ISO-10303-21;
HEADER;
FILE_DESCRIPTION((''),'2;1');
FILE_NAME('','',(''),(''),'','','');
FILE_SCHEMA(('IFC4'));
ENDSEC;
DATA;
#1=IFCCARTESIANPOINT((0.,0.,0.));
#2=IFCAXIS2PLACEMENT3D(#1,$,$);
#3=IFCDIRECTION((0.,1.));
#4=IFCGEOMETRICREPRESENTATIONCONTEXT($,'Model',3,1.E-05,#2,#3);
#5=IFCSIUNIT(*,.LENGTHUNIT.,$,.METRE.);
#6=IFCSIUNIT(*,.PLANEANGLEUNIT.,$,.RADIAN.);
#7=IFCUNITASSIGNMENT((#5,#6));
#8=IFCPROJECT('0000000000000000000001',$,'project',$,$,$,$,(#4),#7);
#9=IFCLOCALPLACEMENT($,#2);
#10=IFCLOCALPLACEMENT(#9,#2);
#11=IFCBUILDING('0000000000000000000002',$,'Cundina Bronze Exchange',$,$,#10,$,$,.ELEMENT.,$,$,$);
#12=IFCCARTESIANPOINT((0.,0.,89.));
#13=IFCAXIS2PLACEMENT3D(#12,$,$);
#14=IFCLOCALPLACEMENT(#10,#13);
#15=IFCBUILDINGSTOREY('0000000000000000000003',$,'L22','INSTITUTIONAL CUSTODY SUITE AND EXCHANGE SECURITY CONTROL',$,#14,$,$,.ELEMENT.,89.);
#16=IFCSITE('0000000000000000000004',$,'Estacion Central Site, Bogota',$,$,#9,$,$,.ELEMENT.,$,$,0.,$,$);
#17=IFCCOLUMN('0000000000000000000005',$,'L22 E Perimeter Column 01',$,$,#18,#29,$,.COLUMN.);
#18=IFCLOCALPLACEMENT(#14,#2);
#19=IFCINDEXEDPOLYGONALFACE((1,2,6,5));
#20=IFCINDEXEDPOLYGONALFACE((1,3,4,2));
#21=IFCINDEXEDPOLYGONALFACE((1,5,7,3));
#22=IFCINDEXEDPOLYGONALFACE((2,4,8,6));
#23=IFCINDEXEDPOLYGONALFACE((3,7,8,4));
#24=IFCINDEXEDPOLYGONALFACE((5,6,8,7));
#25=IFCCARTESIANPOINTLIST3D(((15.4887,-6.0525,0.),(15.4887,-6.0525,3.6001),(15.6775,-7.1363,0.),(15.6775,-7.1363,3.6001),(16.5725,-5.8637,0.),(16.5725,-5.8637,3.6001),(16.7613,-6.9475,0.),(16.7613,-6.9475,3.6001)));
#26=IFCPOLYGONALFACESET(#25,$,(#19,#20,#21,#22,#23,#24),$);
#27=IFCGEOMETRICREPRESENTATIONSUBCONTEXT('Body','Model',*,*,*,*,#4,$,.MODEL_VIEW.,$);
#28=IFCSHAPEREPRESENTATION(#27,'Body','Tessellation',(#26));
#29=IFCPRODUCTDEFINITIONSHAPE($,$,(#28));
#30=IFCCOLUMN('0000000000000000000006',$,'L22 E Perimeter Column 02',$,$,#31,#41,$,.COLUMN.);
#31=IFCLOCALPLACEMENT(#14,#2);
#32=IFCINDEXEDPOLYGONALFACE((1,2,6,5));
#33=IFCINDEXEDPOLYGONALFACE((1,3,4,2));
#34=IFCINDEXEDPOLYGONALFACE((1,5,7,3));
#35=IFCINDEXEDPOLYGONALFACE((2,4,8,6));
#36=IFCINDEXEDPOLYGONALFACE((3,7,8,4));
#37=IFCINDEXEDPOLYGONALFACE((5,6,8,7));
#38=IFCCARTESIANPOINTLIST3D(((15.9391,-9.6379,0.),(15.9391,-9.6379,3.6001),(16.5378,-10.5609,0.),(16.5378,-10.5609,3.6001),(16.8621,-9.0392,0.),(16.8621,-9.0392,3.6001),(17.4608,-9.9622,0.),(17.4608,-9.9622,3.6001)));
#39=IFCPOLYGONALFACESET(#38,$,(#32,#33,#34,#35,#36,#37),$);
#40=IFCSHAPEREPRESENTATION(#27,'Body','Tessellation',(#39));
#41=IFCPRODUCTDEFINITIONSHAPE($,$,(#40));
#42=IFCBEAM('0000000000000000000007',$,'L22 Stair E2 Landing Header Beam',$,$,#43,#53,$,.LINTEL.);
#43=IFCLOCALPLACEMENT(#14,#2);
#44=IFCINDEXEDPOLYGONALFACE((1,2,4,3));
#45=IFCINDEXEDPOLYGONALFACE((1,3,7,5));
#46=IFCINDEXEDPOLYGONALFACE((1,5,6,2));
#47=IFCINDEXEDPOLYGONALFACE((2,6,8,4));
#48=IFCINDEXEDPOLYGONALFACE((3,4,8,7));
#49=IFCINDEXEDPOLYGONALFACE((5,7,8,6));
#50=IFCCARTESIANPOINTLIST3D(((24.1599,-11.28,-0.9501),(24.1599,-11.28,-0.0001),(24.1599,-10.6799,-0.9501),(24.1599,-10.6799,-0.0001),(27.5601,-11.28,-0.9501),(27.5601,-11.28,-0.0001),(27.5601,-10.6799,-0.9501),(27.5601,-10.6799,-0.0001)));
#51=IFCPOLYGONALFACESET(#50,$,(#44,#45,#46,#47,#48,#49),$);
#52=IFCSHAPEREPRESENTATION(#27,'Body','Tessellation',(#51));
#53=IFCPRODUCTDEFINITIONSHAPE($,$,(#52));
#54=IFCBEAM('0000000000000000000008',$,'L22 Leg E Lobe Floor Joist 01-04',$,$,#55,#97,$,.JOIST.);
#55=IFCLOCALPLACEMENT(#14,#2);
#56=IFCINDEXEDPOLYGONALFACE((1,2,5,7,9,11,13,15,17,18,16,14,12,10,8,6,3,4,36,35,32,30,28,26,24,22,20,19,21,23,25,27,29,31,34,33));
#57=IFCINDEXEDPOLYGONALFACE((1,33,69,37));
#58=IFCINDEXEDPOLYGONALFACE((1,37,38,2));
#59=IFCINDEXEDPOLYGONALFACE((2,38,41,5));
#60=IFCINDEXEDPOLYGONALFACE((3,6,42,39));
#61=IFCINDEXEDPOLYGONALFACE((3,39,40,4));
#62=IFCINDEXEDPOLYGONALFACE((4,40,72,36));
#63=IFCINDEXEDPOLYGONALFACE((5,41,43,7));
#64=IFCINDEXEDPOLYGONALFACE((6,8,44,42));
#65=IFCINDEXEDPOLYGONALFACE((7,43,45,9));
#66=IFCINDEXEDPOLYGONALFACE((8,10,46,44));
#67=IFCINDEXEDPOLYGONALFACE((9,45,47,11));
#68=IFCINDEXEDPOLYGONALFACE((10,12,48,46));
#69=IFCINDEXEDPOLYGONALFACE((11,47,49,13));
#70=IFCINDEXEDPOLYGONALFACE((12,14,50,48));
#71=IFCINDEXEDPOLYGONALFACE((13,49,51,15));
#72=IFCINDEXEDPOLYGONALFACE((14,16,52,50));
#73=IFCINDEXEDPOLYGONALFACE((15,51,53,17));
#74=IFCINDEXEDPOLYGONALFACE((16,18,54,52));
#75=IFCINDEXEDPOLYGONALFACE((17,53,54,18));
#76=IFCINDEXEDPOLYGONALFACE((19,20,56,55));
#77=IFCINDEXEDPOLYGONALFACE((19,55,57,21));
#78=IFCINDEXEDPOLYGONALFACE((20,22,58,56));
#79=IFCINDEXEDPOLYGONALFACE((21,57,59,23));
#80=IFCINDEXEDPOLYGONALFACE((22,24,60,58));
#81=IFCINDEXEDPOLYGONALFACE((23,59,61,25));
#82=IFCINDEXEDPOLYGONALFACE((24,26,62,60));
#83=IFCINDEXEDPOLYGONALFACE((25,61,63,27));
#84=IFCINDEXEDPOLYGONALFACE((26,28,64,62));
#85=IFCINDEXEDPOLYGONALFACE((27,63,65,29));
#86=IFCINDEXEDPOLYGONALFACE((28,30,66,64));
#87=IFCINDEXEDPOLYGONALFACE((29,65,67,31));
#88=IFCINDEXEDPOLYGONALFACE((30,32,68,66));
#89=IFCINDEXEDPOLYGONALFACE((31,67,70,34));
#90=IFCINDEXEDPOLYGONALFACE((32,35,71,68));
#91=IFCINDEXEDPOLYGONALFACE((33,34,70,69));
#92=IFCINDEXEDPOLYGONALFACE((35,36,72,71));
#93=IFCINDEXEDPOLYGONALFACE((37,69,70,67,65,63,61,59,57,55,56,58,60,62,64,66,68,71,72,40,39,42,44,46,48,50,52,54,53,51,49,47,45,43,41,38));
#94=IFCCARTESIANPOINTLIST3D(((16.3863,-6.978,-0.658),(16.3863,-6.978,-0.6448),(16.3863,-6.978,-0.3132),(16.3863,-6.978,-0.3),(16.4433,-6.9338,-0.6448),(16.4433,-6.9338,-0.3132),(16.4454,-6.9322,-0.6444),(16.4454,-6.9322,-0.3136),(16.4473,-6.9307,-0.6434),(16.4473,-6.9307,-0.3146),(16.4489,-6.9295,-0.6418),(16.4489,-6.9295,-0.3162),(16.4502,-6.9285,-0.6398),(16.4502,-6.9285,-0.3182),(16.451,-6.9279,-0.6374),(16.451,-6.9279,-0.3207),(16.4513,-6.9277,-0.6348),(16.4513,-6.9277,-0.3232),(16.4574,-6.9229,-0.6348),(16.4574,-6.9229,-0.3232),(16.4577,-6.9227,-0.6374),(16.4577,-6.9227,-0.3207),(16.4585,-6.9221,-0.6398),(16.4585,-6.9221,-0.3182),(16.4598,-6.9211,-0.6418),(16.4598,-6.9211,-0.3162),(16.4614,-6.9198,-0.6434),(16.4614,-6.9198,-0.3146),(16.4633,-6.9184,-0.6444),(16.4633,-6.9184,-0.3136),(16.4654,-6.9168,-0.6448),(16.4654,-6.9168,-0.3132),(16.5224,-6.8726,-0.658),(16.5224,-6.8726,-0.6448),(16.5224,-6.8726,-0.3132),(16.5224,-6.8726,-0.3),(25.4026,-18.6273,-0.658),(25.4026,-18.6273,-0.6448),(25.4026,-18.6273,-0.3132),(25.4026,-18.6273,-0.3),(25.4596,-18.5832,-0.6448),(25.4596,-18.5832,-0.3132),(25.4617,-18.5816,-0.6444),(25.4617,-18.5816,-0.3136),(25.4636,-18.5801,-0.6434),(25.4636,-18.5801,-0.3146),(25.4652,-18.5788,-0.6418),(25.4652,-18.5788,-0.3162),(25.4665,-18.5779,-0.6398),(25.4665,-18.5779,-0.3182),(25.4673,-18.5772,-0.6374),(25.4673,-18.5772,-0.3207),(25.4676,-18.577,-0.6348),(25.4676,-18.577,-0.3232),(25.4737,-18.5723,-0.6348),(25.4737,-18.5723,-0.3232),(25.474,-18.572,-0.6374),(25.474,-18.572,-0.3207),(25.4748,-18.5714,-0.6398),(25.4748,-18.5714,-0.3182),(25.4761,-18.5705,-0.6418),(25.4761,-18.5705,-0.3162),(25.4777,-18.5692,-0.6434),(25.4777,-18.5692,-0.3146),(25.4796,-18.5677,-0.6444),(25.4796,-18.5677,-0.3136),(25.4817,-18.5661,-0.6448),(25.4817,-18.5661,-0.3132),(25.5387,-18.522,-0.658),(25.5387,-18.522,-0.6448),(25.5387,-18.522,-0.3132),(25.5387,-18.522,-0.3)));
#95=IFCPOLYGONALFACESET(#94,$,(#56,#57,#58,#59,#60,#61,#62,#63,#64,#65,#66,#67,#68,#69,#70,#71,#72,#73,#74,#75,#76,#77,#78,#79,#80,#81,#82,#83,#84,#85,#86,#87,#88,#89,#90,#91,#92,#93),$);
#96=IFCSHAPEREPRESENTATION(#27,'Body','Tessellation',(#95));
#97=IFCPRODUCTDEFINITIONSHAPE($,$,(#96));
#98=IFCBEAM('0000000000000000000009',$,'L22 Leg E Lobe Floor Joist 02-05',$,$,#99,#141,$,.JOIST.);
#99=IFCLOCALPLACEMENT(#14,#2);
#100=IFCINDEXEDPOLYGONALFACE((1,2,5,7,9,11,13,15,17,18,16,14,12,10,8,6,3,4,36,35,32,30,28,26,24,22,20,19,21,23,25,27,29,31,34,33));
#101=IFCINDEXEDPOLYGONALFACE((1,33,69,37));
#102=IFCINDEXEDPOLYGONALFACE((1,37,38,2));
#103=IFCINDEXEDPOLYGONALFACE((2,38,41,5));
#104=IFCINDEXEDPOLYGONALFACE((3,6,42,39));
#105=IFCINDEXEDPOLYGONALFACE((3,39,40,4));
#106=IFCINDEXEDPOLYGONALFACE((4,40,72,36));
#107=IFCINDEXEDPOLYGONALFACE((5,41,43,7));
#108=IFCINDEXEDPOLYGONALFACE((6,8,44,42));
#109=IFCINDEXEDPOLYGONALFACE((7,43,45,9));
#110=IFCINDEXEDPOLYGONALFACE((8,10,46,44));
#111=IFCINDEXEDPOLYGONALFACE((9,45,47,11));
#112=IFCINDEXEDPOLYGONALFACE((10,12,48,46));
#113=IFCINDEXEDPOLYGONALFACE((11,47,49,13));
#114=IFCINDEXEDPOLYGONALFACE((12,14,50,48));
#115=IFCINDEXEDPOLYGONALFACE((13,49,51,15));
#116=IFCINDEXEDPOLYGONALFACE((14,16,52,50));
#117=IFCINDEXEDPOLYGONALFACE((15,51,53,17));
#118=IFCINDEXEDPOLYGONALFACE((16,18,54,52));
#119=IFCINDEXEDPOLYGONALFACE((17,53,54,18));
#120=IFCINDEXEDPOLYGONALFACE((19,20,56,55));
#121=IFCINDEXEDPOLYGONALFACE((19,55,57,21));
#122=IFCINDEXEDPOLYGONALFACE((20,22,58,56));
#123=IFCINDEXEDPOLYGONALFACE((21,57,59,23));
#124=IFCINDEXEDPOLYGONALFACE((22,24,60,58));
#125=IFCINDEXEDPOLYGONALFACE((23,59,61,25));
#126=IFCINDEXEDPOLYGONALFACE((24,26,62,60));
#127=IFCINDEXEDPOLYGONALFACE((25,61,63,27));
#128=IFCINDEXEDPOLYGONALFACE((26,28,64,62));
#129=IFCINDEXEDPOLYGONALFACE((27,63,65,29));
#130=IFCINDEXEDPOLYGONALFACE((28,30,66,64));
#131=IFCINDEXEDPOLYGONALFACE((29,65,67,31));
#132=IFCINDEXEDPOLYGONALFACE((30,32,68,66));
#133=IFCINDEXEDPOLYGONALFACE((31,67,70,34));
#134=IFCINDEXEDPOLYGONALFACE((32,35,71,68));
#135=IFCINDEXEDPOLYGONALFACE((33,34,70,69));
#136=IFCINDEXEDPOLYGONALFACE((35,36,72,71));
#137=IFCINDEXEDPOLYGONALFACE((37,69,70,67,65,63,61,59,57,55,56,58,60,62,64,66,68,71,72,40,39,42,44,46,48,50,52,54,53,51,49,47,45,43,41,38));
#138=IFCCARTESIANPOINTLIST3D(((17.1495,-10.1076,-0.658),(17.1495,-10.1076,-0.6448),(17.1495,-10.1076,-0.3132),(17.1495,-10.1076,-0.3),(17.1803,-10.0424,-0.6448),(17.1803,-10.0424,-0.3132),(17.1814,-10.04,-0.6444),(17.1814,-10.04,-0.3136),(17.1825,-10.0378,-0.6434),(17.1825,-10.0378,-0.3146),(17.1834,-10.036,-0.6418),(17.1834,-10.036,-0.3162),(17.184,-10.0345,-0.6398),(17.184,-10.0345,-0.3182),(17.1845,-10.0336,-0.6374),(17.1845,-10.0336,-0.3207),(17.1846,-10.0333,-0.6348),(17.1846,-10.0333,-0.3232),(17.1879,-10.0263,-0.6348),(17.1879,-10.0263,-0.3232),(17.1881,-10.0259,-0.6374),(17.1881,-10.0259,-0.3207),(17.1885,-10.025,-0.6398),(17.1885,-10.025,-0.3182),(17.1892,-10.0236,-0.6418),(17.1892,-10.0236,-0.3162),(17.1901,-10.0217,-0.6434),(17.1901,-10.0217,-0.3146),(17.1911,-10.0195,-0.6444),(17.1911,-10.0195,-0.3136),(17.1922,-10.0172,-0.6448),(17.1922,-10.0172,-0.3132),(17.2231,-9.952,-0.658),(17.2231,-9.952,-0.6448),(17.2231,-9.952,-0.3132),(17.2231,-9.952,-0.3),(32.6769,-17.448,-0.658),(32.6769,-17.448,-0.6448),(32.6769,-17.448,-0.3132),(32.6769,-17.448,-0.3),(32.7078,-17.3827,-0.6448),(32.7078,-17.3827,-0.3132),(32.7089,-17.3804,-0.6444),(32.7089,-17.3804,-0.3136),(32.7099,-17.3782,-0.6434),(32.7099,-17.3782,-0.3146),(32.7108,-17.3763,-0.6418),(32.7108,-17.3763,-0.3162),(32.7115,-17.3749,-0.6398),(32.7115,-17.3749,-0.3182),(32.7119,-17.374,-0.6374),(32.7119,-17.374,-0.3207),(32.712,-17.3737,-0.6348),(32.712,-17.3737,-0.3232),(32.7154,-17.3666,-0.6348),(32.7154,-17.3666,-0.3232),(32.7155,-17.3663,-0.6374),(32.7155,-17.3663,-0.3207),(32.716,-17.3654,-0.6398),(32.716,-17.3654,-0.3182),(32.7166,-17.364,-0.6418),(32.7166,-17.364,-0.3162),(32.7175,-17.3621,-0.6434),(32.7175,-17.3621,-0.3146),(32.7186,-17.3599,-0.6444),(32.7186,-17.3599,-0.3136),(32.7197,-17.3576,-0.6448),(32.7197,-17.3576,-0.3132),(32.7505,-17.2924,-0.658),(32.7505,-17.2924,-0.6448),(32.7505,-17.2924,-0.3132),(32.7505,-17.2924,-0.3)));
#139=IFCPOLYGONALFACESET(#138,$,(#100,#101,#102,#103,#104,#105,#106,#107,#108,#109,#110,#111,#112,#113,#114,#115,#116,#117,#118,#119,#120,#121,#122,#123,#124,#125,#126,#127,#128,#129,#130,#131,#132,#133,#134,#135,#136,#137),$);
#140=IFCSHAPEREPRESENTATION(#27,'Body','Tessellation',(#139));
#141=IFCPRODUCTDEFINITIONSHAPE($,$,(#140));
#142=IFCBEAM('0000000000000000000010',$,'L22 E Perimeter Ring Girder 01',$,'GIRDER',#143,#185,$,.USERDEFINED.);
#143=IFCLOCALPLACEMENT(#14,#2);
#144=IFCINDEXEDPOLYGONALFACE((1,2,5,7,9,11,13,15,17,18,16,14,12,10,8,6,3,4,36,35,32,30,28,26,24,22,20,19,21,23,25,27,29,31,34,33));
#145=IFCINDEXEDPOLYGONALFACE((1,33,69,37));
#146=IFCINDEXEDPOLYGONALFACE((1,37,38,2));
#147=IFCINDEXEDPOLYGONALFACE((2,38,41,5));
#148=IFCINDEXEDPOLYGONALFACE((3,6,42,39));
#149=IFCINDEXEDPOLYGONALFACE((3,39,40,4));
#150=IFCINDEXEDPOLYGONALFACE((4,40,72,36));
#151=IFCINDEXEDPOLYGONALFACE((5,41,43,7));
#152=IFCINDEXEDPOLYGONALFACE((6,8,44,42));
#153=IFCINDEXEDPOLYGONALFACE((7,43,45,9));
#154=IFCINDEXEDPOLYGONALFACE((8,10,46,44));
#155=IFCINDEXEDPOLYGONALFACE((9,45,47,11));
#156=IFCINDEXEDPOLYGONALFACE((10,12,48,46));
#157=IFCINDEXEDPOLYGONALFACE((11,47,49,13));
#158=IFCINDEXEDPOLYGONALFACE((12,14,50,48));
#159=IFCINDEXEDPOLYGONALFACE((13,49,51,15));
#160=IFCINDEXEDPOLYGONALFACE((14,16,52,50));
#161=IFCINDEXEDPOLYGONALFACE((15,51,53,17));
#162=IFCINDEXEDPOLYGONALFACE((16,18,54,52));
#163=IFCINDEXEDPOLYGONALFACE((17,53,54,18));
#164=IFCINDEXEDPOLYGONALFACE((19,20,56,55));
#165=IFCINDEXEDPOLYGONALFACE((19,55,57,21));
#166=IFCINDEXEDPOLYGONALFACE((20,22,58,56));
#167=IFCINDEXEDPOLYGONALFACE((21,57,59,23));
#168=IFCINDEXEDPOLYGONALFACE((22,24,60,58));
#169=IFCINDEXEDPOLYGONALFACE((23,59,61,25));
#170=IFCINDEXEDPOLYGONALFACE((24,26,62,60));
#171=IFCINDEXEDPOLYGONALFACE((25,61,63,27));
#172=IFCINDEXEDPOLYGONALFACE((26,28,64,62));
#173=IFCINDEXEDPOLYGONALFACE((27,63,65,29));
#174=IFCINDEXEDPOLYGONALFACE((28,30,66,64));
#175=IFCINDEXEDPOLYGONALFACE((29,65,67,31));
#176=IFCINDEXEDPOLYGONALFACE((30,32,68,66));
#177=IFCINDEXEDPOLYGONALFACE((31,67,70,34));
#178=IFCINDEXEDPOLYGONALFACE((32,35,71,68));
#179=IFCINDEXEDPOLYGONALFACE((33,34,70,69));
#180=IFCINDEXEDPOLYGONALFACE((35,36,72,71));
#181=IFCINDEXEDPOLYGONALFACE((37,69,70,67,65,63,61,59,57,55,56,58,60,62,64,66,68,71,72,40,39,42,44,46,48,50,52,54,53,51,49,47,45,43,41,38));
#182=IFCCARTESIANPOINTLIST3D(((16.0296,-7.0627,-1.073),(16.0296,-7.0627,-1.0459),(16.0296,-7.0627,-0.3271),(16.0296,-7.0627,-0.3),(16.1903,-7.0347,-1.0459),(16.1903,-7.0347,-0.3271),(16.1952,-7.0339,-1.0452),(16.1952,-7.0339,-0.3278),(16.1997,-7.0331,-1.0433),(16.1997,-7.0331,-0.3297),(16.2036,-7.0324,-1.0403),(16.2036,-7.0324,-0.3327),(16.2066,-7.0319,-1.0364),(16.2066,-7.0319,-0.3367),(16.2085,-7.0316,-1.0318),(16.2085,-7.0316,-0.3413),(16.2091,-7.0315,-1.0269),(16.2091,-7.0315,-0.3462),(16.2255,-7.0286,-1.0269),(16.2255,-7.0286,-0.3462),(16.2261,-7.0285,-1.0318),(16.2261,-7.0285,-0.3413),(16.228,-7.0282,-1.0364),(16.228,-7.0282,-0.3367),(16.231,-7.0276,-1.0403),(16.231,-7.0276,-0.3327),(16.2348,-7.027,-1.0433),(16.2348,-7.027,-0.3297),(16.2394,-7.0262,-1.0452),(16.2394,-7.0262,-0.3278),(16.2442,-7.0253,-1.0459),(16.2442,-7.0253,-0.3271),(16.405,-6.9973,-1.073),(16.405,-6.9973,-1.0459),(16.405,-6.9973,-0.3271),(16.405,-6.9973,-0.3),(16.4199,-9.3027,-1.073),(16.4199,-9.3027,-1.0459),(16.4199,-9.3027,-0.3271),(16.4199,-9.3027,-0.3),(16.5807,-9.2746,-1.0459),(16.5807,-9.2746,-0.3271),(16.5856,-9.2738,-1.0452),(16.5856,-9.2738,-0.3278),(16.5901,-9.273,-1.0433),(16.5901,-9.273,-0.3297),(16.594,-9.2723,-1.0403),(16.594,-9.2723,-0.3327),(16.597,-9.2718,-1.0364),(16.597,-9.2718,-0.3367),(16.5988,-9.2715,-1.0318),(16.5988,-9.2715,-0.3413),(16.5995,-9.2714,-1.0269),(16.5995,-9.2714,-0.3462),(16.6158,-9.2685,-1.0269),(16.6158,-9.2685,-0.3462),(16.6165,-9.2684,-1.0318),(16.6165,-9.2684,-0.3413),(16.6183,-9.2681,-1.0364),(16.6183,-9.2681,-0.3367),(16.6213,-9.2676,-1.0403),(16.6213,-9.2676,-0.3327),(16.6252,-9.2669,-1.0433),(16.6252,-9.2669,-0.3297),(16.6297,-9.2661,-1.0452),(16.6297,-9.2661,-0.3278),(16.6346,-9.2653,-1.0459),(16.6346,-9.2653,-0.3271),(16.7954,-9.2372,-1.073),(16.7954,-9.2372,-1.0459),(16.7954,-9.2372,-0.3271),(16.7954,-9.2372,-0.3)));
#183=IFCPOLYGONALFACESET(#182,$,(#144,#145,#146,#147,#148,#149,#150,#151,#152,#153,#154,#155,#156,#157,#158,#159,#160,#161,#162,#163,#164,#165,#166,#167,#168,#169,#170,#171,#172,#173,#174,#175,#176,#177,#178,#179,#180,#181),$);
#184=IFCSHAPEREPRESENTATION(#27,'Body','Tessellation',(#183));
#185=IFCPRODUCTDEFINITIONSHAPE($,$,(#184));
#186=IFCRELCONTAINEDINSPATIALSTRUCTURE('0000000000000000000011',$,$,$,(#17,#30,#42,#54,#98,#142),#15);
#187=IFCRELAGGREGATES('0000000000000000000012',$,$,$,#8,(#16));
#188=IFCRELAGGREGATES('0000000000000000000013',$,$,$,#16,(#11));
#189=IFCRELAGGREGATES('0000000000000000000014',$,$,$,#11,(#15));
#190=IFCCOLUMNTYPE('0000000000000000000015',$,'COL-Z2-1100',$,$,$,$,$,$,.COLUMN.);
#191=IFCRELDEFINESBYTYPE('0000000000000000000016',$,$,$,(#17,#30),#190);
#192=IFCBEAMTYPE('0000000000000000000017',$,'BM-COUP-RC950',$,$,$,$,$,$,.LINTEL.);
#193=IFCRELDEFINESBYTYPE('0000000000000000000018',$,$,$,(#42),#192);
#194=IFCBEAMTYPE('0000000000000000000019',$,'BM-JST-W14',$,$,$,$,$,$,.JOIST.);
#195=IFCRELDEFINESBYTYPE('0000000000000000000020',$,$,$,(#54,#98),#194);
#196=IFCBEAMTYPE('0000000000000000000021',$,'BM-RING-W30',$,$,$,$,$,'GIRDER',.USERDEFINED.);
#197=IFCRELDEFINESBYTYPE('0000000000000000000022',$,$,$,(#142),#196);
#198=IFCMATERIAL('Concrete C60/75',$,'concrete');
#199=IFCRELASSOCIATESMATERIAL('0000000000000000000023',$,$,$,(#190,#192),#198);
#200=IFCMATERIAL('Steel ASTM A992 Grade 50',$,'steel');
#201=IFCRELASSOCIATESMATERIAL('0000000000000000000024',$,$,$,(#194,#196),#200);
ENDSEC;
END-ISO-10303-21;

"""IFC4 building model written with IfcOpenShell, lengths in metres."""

from ifc_helpers import new_model, si_unit, direction, frame, origin, origin_2d, place, context, subcontext, project, spatial, rectangle, i_section, extrude, material, material_profile, profile_set, type_object, element, save


model = new_model("IFC4")

# Units and contexts
model_context = context("Model", 3, precision=1e-05, world=origin(), true_north=direction((0.0, 1.0)))
body_context = subcontext(model_context, "Body", "Model", "MODEL_VIEW")
ifc_project = project(units=[si_unit("LENGTHUNIT", "METRE"), si_unit("PLANEANGLEUNIT", "RADIAN")], contexts=[model_context])

# Site, building, storey
site_placement = place(None, origin())
site = spatial("IfcSite", under=ifc_project, at=site_placement, Name="Estacion Central Site, Bogota", CompositionType="ELEMENT", RefElevation=0.0)
building_placement = place(site_placement, origin())
building = spatial("IfcBuilding", under=site, at=building_placement, Name="Cundina Bronze Exchange", CompositionType="ELEMENT")
storey_placement = place(building_placement, frame((0.0, 0.0, 89.0)))
storey = spatial("IfcBuildingStorey", under=building, at=storey_placement, Name="L22", Description="INSTITUTIONAL CUSTODY SUITE AND EXCHANGE SECURITY CONTROL", CompositionType="ELEMENT", Elevation=89.0)

# Columns
ifc_material_1 = material(Name="Concrete C60/75", Category="concrete")
ifc_material_profile_1 = material_profile(ifc_material_1, rectangle(XDim=1.1001, YDim=1.1001, at=origin_2d()), Name="RC1100X1100", Category="concrete")
ifc_profile_set_1 = profile_set([ifc_material_profile_1], Name="Concrete C60/75")
column_type = type_object("IfcColumnType", Name="COL-Z2-1100", PredefinedType="COLUMN", material=ifc_profile_set_1)
for number, where, z_axis, x_axis, name in (
    (1, (16.125, -6.5, 0.0), (0.0, 0.0, 1.0), (0.171585, -0.985169, 0.0), "L22 E Perimeter Column 01"),
    (2, (16.7, -9.8, 0.0), (0.0, 0.0, 1.0), (0.5442, -0.838956, 0.0), "L22 E Perimeter Column 02"),
):
    element("IfcColumn", number, at=place(storey_placement, frame(where, z_axis=z_axis, x_axis=x_axis)), inside=storey, type_object=column_type, Name=name, PredefinedType="COLUMN", context=body_context, shape_type="SweptSolid", body=[
        extrude(rectangle(XDim=1.1001, YDim=1.1001, at=origin_2d()), origin(), (0.0, 0.0, 1.0), 3.6001),
    ])

# Beams
ifc_material_profile_2 = material_profile(ifc_material_1, rectangle(XDim=0.6001, YDim=0.95, at=origin_2d()), Name="RC600X950", Category="concrete")
ifc_profile_set_2 = profile_set([ifc_material_profile_2], Name="Concrete C60/75")
beam_type_1 = type_object("IfcBeamType", Name="BM-COUP-RC950", PredefinedType="LINTEL", material=ifc_profile_set_2)
beam_1_placement = place(storey_placement, frame((24.1599, -10.98, -0.4751), z_axis=(1.0, 0.0, 0.0), x_axis=(0.0, 1.0, 0.0)))
element("IfcBeam", 3, at=beam_1_placement, inside=storey, type_object=beam_type_1, Name="L22 Stair E2 Landing Header Beam", PredefinedType="LINTEL", context=body_context, shape_type="SweptSolid", body=[
    extrude(rectangle(XDim=0.6001, YDim=0.95, at=origin_2d()), origin(), (0.0, 0.0, 1.0), 3.4001),
])
ifc_material_2 = material(Name="Steel ASTM A992 Grade 50", Category="steel")
ifc_material_profile_3 = material_profile(ifc_material_2, i_section(OverallWidth=0.1721, OverallDepth=0.3579, WebThickness=0.0078, FlangeThickness=0.0132, FilletRadius=0.01, at=origin_2d()), Name="W14X38", Category="steel")
ifc_profile_set_3 = profile_set([ifc_material_profile_3], Name="Steel ASTM A992 Grade 50")
beam_type_2 = type_object("IfcBeamType", Name="BM-JST-W14", PredefinedType="JOIST", material=ifc_profile_set_3)
beam_2_placement = place(storey_placement, frame((16.4543, -6.9253, -0.479), z_axis=(0.612065, -0.790807, 0.0), x_axis=(0.790807, 0.612065, 0.0)))
element("IfcBeam", 4, at=beam_2_placement, inside=storey, type_object=beam_type_2, Name="L22 Leg E Lobe Floor Joist 01-04", PredefinedType="JOIST", context=body_context, shape_type="SweptSolid", body=[
    extrude(i_section(OverallWidth=0.1721, OverallDepth=0.3579, WebThickness=0.0078, FlangeThickness=0.0132, FilletRadius=0.01, at=origin_2d()), origin(), (0.0, 0.0, 1.0), 14.731),
])
beam_3_placement = place(storey_placement, frame((17.1863, -10.0298, -0.479), z_axis=(0.904069, -0.427386, 0.0), x_axis=(0.427386, 0.904069, 0.0)))
element("IfcBeam", 5, at=beam_3_placement, inside=storey, type_object=beam_type_2, Name="L22 Leg E Lobe Floor Joist 02-05", PredefinedType="JOIST", context=body_context, shape_type="SweptSolid", body=[
    extrude(i_section(OverallWidth=0.1721, OverallDepth=0.3579, WebThickness=0.0078, FlangeThickness=0.0132, FilletRadius=0.01, at=origin_2d()), origin(), (0.0, 0.0, 1.0), 17.175),
])
ifc_material_profile_4 = material_profile(ifc_material_2, i_section(OverallWidth=0.3811, OverallDepth=0.7729, WebThickness=0.0166, FlangeThickness=0.0271, FilletRadius=0.019, at=origin_2d()), Name="W30X173", Category="steel")
ifc_profile_set_4 = profile_set([ifc_material_profile_4], Name="Steel ASTM A992 Grade 50")
beam_type_3 = type_object("IfcBeamType", Name="BM-RING-W30", ElementType="GIRDER", PredefinedType="USERDEFINED", material=ifc_profile_set_4)
beam_4_placement = place(storey_placement, frame((16.2173, -7.03, -0.6865), z_axis=(0.17169, -0.985151, 0.0), x_axis=(0.985151, 0.17169, 0.0)))
element("IfcBeam", 6, at=beam_4_placement, inside=storey, type_object=beam_type_3, Name="L22 E Perimeter Ring Girder 01", ObjectType="GIRDER", PredefinedType="USERDEFINED", context=body_context, shape_type="SweptSolid", body=[
    extrude(i_section(OverallWidth=0.3811, OverallDepth=0.7729, WebThickness=0.0166, FlangeThickness=0.0271, FilletRadius=0.019, at=origin_2d()), origin(), (0.0, 0.0, 1.0), 2.2737),
])

save(model, "model.ifc")
